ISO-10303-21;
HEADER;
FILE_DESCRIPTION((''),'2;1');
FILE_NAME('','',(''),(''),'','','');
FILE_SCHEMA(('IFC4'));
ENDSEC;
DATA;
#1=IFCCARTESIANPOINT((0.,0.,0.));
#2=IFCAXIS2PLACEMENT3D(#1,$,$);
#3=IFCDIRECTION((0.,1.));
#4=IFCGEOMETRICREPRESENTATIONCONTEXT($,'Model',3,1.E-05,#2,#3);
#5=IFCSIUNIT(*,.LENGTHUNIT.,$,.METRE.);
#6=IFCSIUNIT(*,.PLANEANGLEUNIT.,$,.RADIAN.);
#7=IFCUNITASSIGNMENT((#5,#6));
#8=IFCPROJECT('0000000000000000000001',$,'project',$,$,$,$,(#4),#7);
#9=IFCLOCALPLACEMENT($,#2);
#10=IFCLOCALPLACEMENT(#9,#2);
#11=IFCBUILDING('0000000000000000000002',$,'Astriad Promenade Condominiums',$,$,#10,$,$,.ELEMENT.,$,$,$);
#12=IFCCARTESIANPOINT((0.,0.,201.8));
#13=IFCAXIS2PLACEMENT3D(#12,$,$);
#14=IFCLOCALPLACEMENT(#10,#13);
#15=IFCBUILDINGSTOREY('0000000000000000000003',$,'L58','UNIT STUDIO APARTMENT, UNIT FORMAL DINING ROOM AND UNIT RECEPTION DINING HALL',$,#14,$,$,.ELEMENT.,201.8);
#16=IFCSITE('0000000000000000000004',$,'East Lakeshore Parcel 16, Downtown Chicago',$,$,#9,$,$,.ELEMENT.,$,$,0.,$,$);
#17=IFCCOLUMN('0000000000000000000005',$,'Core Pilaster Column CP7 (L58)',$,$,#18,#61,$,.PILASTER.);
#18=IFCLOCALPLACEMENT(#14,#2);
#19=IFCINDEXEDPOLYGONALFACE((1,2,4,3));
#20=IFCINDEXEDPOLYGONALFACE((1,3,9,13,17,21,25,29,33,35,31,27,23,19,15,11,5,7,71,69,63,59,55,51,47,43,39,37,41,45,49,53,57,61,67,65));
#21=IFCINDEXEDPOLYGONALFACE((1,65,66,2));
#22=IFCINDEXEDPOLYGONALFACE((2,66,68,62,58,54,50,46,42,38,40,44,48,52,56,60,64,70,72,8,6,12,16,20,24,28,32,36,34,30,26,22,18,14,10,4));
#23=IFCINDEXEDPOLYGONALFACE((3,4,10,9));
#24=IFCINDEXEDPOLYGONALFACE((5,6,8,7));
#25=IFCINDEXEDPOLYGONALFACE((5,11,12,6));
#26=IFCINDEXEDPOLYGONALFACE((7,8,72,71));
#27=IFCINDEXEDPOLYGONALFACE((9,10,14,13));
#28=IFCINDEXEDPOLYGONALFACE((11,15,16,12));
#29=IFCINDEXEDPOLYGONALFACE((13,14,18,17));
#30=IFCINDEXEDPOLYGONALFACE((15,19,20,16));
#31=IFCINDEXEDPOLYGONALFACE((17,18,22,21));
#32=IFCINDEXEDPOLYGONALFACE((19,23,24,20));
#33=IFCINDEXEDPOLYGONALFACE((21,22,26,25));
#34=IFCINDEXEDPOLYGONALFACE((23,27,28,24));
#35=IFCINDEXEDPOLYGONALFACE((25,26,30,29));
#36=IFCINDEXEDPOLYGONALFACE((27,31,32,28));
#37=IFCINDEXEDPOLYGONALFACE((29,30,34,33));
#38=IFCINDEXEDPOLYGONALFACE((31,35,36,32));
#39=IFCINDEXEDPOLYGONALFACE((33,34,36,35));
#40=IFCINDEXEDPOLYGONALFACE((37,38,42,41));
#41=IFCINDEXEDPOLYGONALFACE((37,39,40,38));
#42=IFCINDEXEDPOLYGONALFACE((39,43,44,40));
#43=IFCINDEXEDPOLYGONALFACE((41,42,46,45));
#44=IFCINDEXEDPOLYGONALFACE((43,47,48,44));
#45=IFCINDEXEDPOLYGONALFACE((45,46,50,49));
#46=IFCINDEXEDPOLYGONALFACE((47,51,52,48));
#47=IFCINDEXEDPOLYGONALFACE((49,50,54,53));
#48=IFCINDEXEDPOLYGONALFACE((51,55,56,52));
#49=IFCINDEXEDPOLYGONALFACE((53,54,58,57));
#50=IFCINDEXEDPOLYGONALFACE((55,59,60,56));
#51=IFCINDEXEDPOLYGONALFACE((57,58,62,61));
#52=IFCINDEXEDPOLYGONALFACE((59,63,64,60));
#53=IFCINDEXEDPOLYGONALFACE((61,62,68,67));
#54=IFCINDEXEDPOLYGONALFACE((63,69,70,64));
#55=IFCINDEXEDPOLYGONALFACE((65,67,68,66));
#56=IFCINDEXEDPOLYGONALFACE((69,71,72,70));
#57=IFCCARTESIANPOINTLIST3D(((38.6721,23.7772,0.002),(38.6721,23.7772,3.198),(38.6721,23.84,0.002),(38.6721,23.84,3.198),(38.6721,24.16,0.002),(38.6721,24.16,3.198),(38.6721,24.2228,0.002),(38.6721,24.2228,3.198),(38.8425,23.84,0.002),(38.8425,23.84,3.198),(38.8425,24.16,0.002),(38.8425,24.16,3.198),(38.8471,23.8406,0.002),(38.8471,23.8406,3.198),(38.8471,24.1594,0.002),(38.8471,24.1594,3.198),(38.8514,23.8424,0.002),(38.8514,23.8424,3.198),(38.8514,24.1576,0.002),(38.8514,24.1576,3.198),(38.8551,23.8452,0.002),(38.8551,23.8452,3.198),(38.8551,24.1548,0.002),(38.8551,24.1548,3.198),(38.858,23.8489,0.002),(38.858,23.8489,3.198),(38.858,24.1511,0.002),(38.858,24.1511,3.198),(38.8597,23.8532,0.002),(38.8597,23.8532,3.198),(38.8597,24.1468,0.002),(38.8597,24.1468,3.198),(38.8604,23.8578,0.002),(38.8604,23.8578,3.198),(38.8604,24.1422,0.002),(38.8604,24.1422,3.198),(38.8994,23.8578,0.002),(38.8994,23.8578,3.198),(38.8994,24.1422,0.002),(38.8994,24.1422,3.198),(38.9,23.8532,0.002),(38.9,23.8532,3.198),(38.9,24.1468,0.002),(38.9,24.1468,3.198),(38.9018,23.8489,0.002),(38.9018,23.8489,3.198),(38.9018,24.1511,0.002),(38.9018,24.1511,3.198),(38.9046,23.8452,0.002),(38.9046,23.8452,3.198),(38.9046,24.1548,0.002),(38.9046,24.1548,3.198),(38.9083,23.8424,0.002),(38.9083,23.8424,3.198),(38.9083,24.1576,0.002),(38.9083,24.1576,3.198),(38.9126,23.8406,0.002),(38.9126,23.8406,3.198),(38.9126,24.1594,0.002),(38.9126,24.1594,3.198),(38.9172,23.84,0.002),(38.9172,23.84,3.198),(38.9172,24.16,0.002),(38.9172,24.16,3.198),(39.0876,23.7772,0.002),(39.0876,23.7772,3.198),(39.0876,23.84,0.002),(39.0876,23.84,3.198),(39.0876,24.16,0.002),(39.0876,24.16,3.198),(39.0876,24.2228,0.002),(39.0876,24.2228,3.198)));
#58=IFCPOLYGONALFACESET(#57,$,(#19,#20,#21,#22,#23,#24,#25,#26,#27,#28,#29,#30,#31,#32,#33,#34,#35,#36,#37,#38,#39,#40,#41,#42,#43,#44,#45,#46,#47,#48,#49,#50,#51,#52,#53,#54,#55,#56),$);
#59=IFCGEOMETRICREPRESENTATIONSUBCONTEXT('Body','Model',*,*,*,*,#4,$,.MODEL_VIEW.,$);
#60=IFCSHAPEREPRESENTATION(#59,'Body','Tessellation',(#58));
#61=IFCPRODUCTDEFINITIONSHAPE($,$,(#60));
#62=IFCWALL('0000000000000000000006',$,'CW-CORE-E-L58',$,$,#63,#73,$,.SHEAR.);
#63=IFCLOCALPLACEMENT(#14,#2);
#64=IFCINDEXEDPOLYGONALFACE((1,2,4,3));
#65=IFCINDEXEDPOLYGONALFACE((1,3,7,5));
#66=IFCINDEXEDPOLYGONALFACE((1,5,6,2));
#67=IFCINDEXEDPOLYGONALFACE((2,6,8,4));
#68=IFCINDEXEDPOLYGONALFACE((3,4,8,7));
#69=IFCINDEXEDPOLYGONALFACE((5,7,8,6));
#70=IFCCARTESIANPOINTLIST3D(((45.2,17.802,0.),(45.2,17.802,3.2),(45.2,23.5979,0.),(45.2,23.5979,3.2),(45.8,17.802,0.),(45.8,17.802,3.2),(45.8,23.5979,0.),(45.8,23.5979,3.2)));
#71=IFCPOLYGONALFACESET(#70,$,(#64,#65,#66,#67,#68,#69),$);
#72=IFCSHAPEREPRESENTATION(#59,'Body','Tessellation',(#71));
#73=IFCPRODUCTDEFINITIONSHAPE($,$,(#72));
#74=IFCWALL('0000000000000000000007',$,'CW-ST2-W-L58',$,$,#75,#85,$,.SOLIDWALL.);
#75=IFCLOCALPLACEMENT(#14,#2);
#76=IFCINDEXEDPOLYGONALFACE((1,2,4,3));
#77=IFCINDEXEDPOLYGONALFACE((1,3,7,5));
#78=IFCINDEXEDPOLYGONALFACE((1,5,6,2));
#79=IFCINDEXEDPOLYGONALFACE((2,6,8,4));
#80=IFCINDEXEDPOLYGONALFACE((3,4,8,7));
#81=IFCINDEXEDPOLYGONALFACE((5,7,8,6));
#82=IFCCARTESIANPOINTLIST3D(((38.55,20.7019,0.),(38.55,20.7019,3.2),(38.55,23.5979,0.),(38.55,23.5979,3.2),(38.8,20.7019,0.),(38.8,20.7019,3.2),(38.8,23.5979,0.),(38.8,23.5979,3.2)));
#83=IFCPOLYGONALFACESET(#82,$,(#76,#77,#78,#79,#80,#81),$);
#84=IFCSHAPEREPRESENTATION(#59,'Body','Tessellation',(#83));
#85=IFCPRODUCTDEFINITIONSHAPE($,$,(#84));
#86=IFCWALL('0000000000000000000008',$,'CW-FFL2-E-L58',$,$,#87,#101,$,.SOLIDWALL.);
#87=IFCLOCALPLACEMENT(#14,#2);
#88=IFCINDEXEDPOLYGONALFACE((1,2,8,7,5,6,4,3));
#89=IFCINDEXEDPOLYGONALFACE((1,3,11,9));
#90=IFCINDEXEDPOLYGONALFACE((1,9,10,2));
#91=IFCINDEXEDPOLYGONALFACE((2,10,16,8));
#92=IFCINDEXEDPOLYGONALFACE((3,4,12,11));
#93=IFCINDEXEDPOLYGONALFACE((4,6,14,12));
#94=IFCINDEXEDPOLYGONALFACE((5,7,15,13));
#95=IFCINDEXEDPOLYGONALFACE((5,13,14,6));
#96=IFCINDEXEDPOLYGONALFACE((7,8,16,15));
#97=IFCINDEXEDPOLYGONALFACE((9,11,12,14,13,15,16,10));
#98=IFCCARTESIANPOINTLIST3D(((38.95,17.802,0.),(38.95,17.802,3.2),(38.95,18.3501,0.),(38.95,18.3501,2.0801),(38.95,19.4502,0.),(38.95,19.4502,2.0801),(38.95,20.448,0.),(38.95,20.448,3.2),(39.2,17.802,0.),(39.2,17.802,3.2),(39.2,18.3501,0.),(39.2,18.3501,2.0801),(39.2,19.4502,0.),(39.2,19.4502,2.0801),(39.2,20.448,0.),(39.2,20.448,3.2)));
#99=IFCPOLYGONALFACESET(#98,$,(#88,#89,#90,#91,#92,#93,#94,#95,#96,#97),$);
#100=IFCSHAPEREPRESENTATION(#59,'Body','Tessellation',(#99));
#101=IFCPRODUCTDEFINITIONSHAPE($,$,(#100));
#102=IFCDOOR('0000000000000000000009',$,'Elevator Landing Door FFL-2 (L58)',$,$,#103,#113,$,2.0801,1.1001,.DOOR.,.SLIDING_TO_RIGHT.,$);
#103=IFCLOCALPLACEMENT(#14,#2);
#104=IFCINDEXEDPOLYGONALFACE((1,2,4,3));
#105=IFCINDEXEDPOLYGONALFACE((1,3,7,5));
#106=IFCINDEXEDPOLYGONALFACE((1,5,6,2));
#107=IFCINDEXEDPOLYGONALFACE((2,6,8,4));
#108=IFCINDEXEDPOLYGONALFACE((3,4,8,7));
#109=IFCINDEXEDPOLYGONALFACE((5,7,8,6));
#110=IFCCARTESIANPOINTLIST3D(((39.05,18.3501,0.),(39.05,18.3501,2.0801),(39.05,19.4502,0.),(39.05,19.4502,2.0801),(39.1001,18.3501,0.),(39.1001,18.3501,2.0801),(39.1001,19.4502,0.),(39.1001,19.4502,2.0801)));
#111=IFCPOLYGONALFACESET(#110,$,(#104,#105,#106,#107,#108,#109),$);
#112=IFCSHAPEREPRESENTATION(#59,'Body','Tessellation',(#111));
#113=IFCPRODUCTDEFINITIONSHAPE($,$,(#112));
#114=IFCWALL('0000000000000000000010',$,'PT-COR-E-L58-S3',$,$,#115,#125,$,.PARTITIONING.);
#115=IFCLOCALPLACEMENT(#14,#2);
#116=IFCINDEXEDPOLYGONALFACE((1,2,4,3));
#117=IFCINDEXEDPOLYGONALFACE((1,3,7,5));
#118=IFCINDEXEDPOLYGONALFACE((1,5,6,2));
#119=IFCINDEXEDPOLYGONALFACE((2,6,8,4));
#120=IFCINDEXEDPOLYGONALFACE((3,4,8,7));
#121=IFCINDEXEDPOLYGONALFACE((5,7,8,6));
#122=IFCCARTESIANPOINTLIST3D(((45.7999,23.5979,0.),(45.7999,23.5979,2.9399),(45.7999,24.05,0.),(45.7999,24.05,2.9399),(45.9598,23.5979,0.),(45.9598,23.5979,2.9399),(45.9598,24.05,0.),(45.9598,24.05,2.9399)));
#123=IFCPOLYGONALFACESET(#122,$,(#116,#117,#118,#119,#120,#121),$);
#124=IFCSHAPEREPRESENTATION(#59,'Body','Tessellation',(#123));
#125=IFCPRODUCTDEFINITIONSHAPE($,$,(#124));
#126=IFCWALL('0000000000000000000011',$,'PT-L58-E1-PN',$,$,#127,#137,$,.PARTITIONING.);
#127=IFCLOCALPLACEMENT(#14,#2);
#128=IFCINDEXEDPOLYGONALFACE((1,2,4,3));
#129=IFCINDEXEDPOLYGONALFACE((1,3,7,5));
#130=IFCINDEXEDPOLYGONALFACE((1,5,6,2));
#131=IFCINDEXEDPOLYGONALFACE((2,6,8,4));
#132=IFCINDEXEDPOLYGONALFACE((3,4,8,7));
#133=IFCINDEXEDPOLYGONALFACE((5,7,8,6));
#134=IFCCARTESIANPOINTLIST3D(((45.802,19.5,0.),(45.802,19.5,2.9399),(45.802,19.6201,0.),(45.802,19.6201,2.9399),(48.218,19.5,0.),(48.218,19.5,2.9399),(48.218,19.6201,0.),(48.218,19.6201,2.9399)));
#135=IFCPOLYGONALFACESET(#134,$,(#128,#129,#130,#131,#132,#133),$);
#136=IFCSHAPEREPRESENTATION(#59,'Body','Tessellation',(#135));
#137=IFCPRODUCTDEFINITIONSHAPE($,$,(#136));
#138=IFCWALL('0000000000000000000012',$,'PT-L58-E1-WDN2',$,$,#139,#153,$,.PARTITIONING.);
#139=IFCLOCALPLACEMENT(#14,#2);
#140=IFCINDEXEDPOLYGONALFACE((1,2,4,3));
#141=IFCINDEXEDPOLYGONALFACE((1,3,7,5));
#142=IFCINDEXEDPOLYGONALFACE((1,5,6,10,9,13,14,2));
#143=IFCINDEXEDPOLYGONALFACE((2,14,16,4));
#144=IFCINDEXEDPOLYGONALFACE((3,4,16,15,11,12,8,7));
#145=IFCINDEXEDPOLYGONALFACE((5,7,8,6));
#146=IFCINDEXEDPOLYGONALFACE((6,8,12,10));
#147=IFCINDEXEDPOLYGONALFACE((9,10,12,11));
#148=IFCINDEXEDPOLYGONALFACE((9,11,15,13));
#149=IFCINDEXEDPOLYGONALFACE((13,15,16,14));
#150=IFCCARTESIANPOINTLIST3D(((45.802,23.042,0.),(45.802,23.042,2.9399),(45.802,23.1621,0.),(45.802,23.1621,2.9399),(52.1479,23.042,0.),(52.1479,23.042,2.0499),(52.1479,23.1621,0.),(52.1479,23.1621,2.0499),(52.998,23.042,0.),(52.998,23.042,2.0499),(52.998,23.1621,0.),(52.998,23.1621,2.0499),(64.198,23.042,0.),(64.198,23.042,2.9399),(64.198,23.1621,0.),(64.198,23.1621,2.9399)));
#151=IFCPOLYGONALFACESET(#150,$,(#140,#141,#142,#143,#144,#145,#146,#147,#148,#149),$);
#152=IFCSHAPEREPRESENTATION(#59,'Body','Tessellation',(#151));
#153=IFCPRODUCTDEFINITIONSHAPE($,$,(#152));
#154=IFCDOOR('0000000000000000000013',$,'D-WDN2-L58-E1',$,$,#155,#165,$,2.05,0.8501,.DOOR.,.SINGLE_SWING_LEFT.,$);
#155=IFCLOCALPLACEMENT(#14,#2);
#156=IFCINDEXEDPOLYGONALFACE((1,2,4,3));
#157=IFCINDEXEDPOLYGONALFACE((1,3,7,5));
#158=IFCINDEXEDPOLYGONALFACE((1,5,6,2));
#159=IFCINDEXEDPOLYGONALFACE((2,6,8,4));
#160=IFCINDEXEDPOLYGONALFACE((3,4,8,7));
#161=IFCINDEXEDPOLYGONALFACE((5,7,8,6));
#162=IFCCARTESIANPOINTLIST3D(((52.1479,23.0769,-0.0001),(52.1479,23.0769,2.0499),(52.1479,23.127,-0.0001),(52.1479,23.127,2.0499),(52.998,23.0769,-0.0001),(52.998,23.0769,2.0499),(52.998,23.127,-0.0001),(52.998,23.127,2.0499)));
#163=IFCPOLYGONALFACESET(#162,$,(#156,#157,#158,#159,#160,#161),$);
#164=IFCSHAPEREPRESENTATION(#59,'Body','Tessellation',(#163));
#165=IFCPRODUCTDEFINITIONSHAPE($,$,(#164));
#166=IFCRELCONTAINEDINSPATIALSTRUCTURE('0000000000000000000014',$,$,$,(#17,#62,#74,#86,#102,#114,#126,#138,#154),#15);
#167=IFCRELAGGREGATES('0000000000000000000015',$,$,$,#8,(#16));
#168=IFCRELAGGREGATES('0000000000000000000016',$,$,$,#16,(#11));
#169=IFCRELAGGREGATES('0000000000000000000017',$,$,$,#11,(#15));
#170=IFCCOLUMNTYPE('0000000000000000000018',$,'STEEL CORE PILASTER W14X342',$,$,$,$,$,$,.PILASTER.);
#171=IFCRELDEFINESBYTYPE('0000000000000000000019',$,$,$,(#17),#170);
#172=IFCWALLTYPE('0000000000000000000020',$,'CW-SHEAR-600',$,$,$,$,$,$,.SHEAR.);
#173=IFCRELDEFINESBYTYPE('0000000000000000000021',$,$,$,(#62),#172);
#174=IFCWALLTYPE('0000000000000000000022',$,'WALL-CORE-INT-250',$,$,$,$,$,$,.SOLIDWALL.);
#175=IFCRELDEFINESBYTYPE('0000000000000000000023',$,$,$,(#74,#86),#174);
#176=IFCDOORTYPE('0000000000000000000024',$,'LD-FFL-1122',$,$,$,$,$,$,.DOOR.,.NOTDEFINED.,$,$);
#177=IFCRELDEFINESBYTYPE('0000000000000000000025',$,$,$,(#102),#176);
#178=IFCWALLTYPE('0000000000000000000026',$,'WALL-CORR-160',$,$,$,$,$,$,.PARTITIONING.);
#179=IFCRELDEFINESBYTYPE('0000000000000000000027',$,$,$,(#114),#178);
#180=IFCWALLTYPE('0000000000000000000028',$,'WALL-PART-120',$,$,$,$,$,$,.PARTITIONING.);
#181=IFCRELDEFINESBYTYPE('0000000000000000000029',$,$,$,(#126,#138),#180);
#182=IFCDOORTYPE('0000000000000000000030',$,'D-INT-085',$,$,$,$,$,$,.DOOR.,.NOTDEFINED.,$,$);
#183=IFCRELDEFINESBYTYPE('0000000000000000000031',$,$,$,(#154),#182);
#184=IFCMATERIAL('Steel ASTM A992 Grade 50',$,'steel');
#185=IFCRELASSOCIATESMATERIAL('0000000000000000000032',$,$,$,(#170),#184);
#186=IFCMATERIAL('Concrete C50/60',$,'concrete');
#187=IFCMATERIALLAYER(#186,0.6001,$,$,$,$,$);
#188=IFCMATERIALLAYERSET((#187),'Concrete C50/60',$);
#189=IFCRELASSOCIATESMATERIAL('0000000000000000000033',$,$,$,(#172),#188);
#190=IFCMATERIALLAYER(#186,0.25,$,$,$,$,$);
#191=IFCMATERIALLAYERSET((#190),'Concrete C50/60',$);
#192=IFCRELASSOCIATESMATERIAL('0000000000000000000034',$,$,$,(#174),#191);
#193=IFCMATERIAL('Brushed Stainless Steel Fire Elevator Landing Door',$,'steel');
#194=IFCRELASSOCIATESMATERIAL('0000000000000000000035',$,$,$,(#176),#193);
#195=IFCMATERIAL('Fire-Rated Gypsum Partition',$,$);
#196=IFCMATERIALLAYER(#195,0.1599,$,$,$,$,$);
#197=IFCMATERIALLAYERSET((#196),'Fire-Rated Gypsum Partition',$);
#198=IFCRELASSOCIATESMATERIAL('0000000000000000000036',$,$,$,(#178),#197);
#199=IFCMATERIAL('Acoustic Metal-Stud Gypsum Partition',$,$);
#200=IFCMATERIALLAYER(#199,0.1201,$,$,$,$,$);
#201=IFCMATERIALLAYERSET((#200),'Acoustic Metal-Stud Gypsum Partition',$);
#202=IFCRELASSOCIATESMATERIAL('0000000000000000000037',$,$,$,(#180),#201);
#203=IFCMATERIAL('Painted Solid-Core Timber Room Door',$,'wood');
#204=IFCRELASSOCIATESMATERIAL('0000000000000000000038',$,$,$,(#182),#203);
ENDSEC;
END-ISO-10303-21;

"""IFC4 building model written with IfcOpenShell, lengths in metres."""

from ifc_helpers import new_model, si_unit, direction, frame, frame_2d, origin, origin_2d, place, context, subcontext, project, spatial, rectangle, i_section, extrude, source, transform, mapped, material, layer, layer_set, material_profile, profile_set, type_object, type_shapes, element, fill, save


model = new_model("IFC4")

# Units and contexts
model_context = context("Model", 3, precision=1e-05, world=origin(), true_north=direction((0.0, 1.0)))
body_context = subcontext(model_context, "Body", "Model", "MODEL_VIEW")
ifc_project = project(units=[si_unit("LENGTHUNIT", "METRE"), si_unit("PLANEANGLEUNIT", "RADIAN")], contexts=[model_context])

# Site, building, storey
site_placement = place(None, origin())
site = spatial("IfcSite", under=ifc_project, at=site_placement, Name="East Lakeshore Parcel 16, Downtown Chicago", CompositionType="ELEMENT", RefElevation=0.0)
building_placement = place(site_placement, origin())
building = spatial("IfcBuilding", under=site, at=building_placement, Name="Astriad Promenade Condominiums", CompositionType="ELEMENT")
storey_placement = place(building_placement, frame((0.0, 0.0, 201.8)))
storey = spatial("IfcBuildingStorey", under=building, at=storey_placement, Name="L58", Description="UNIT STUDIO APARTMENT, UNIT FORMAL DINING ROOM AND UNIT RECEPTION DINING HALL", CompositionType="ELEMENT", Elevation=201.8)

# Column
ifc_material_1 = material(Name="Steel ASTM A992 Grade 50", Category="steel")
ifc_material_profile = material_profile(ifc_material_1, i_section(OverallWidth=0.4155, OverallDepth=0.4456, WebThickness=0.0391, FlangeThickness=0.0627, FilletRadius=0.0178, at=origin_2d()), Name="W14X342")
ifc_profile_set = profile_set([ifc_material_profile], Name="Steel ASTM A992 Grade 50")
column_type = type_object("IfcColumnType", Name="STEEL CORE PILASTER W14X342", PredefinedType="PILASTER", material=ifc_profile_set)
shared_shape_1 = source(origin(), body_context, "Body", "SweptSolid", [
    extrude(i_section(OverallWidth=0.4155, OverallDepth=0.4456, WebThickness=0.0391, FlangeThickness=0.0627, FilletRadius=0.0178, at=origin_2d()), origin(), (0.0, 0.0, 1.0), 3.196),
])
type_shapes(column_type, [shared_shape_1])
column_placement = place(storey_placement, frame((38.8799, 24.0, 0.002), z_axis=(0.0, 0.0, 1.0), x_axis=(1.0, 0.0, 0.0)))
element("IfcColumn", 1, at=column_placement, inside=storey, type_object=column_type, Name="Core Pilaster Column CP7 (L58)", PredefinedType="PILASTER", context=body_context, shape_type="MappedRepresentation", body=[
    mapped(shared_shape_1, transform((0.0, 0.0, 0.0), scale=1.0)),
])

# Walls
ifc_material_2 = material(Name="Concrete C50/60", Category="concrete")
ifc_layer_1 = layer(ifc_material_2, 0.6001)
ifc_layer_set_1 = layer_set([ifc_layer_1], Name="Concrete C50/60")
wall_type_1 = type_object("IfcWallType", Name="CW-SHEAR-600", PredefinedType="SHEAR", material=ifc_layer_set_1)
wall_1_placement = place(storey_placement, frame((45.5, 17.802, 0.0), z_axis=(0.0, 0.0, 1.0), x_axis=(0.0, 1.0, 0.0)))
element("IfcWall", 2, at=wall_1_placement, inside=storey, type_object=wall_type_1, Name="CW-CORE-E-L58", PredefinedType="SHEAR", context=body_context, shape_type="SweptSolid", body=[
    extrude(rectangle(XDim=5.7959, YDim=0.6001, at=frame_2d((2.8979, 0.0))), origin(), (0.0, 0.0, 1.0), 3.2),
])
ifc_layer_2 = layer(ifc_material_2, 0.25)
ifc_layer_set_2 = layer_set([ifc_layer_2], Name="Concrete C50/60")
wall_type_2 = type_object("IfcWallType", Name="WALL-CORE-INT-250", PredefinedType="SOLIDWALL", material=ifc_layer_set_2)
wall_2_placement = place(storey_placement, frame((38.675, 20.7019, 0.0), z_axis=(0.0, 0.0, 1.0), x_axis=(0.0, 1.0, 0.0)))
element("IfcWall", 3, at=wall_2_placement, inside=storey, type_object=wall_type_2, Name="CW-ST2-W-L58", PredefinedType="SOLIDWALL", context=body_context, shape_type="SweptSolid", body=[
    extrude(rectangle(XDim=2.896, YDim=0.25, at=frame_2d((1.448, 0.0))), origin(), (0.0, 0.0, 1.0), 3.2),
])

# Wall, opening, door
wall_3_placement = place(storey_placement, frame((39.075, 17.802, 0.0), z_axis=(0.0, 0.0, 1.0), x_axis=(0.0, 1.0, 0.0)))
wall_3 = element("IfcWall", 4, at=wall_3_placement, inside=storey, type_object=wall_type_2, Name="CW-FFL2-E-L58", PredefinedType="SOLIDWALL", context=body_context, shape_type="SweptSolid", body=[
    extrude(rectangle(XDim=2.646, YDim=0.25, at=frame_2d((1.323, 0.0))), origin(), (0.0, 0.0, 1.0), 3.2),
])
opening_1_placement = place(wall_3_placement, frame((0.5481, 0.0, 0.0)))
opening_1 = element("IfcOpeningElement", 5, at=opening_1_placement, cuts=wall_3, PredefinedType="OPENING", context=body_context, shape_type="SweptSolid", body=[
    extrude(rectangle(XDim=1.1001, YDim=2.0801, at=frame_2d((0.55, 1.04))), frame((0.0, 0.135, 0.0), z_axis=(0.0, -1.0, 0.0), x_axis=(1.0, 0.0, 0.0)), (0.0, 0.0, 1.0), 0.27),
])
ifc_material_3 = material(Name="Brushed Stainless Steel Fire Elevator Landing Door", Category="steel")
door_type_1 = type_object("IfcDoorType", Name="LD-FFL-1122", OperationType="NOTDEFINED", PredefinedType="DOOR", material=ifc_material_3)
shared_shape_2 = source(origin(), body_context, "Body", "SweptSolid", [
    extrude(rectangle(XDim=1.1001, YDim=2.0801, at=frame_2d((0.55, 1.04))), frame((0.0, 0.0249, 0.0), z_axis=(0.0, -1.0, 0.0), x_axis=(1.0, 0.0, 0.0)), (0.0, 0.0, 1.0), 0.05),
])
type_shapes(door_type_1, [shared_shape_2])
door_1_placement = place(opening_1_placement, origin())
door_1 = element("IfcDoor", 6, at=door_1_placement, inside=storey, type_object=door_type_1, Name="Elevator Landing Door FFL-2 (L58)", OperationType="SLIDING_TO_RIGHT", OverallHeight=2.0801, OverallWidth=1.1001, PredefinedType="DOOR", context=body_context, shape_type="MappedRepresentation", body=[
    mapped(shared_shape_2, transform((0.0, 0.0, 0.0), scale=1.0)),
])
fill(opening_1, door_1)

# Walls
ifc_material_4 = material(Name="Fire-Rated Gypsum Partition")
ifc_layer_3 = layer(ifc_material_4, 0.1599)
ifc_layer_set_3 = layer_set([ifc_layer_3], Name="Fire-Rated Gypsum Partition")
wall_type_3 = type_object("IfcWallType", Name="WALL-CORR-160", PredefinedType="PARTITIONING", material=ifc_layer_set_3)
wall_4_placement = place(storey_placement, frame((45.8799, 23.5979, 0.0), z_axis=(0.0, 0.0, 1.0), x_axis=(0.0, 1.0, 0.0)))
element("IfcWall", 7, at=wall_4_placement, inside=storey, type_object=wall_type_3, Name="PT-COR-E-L58-S3", PredefinedType="PARTITIONING", context=body_context, shape_type="SweptSolid", body=[
    extrude(rectangle(XDim=0.4521, YDim=0.1599, at=frame_2d((0.2261, 0.0))), origin(), (0.0, 0.0, 1.0), 2.9399),
])
ifc_material_5 = material(Name="Acoustic Metal-Stud Gypsum Partition")
ifc_layer_4 = layer(ifc_material_5, 0.1201)
ifc_layer_set_4 = layer_set([ifc_layer_4], Name="Acoustic Metal-Stud Gypsum Partition")
wall_type_4 = type_object("IfcWallType", Name="WALL-PART-120", PredefinedType="PARTITIONING", material=ifc_layer_set_4)
wall_5_placement = place(storey_placement, frame((45.802, 19.5601, 0.0), z_axis=(0.0, 0.0, 1.0), x_axis=(1.0, 0.0, 0.0)))
element("IfcWall", 8, at=wall_5_placement, inside=storey, type_object=wall_type_4, Name="PT-L58-E1-PN", PredefinedType="PARTITIONING", context=body_context, shape_type="SweptSolid", body=[
    extrude(rectangle(XDim=2.416, YDim=0.1201, at=frame_2d((1.208, 0.0))), origin(), (0.0, 0.0, 1.0), 2.9399),
])

# Wall, opening, door
wall_6_placement = place(storey_placement, frame((45.802, 23.1021, 0.0), z_axis=(0.0, 0.0, 1.0), x_axis=(1.0, 0.0, 0.0)))
wall_6 = element("IfcWall", 9, at=wall_6_placement, inside=storey, type_object=wall_type_4, Name="PT-L58-E1-WDN2", PredefinedType="PARTITIONING", context=body_context, shape_type="SweptSolid", body=[
    extrude(rectangle(XDim=18.396, YDim=0.1201, at=frame_2d((9.198, 0.0))), origin(), (0.0, 0.0, 1.0), 2.9399),
])
opening_2_placement = place(wall_6_placement, frame((6.3459, 0.0, 0.0)))
opening_2 = element("IfcOpeningElement", 10, at=opening_2_placement, cuts=wall_6, PredefinedType="OPENING", context=body_context, shape_type="SweptSolid", body=[
    extrude(rectangle(XDim=0.8501, YDim=2.05, at=frame_2d((0.425, 1.0249))), frame((0.0, 0.0701, 0.0), z_axis=(0.0, -1.0, 0.0), x_axis=(1.0, 0.0, 0.0)), (0.0, 0.0, 1.0), 0.1401),
])
ifc_material_6 = material(Name="Painted Solid-Core Timber Room Door", Category="wood")
door_type_2 = type_object("IfcDoorType", Name="D-INT-085", OperationType="NOTDEFINED", PredefinedType="DOOR", material=ifc_material_6)
shared_shape_3 = source(origin(), body_context, "Body", "SweptSolid", [
    extrude(rectangle(XDim=0.8501, YDim=2.05, at=frame_2d((0.425, 1.0249))), frame((0.0, 0.0249, 0.0), z_axis=(0.0, -1.0, 0.0), x_axis=(1.0, 0.0, 0.0)), (0.0, 0.0, 1.0), 0.05),
])
type_shapes(door_type_2, [shared_shape_3])
door_2_placement = place(opening_2_placement, origin())
door_2 = element("IfcDoor", 11, at=door_2_placement, inside=storey, type_object=door_type_2, Name="D-WDN2-L58-E1", OperationType="SINGLE_SWING_LEFT", OverallHeight=2.05, OverallWidth=0.8501, PredefinedType="DOOR", context=body_context, shape_type="MappedRepresentation", body=[
    mapped(shared_shape_3, transform((0.0, 0.0, 0.0), scale=1.0)),
])
fill(opening_2, door_2)

save(model, "model.ifc")
